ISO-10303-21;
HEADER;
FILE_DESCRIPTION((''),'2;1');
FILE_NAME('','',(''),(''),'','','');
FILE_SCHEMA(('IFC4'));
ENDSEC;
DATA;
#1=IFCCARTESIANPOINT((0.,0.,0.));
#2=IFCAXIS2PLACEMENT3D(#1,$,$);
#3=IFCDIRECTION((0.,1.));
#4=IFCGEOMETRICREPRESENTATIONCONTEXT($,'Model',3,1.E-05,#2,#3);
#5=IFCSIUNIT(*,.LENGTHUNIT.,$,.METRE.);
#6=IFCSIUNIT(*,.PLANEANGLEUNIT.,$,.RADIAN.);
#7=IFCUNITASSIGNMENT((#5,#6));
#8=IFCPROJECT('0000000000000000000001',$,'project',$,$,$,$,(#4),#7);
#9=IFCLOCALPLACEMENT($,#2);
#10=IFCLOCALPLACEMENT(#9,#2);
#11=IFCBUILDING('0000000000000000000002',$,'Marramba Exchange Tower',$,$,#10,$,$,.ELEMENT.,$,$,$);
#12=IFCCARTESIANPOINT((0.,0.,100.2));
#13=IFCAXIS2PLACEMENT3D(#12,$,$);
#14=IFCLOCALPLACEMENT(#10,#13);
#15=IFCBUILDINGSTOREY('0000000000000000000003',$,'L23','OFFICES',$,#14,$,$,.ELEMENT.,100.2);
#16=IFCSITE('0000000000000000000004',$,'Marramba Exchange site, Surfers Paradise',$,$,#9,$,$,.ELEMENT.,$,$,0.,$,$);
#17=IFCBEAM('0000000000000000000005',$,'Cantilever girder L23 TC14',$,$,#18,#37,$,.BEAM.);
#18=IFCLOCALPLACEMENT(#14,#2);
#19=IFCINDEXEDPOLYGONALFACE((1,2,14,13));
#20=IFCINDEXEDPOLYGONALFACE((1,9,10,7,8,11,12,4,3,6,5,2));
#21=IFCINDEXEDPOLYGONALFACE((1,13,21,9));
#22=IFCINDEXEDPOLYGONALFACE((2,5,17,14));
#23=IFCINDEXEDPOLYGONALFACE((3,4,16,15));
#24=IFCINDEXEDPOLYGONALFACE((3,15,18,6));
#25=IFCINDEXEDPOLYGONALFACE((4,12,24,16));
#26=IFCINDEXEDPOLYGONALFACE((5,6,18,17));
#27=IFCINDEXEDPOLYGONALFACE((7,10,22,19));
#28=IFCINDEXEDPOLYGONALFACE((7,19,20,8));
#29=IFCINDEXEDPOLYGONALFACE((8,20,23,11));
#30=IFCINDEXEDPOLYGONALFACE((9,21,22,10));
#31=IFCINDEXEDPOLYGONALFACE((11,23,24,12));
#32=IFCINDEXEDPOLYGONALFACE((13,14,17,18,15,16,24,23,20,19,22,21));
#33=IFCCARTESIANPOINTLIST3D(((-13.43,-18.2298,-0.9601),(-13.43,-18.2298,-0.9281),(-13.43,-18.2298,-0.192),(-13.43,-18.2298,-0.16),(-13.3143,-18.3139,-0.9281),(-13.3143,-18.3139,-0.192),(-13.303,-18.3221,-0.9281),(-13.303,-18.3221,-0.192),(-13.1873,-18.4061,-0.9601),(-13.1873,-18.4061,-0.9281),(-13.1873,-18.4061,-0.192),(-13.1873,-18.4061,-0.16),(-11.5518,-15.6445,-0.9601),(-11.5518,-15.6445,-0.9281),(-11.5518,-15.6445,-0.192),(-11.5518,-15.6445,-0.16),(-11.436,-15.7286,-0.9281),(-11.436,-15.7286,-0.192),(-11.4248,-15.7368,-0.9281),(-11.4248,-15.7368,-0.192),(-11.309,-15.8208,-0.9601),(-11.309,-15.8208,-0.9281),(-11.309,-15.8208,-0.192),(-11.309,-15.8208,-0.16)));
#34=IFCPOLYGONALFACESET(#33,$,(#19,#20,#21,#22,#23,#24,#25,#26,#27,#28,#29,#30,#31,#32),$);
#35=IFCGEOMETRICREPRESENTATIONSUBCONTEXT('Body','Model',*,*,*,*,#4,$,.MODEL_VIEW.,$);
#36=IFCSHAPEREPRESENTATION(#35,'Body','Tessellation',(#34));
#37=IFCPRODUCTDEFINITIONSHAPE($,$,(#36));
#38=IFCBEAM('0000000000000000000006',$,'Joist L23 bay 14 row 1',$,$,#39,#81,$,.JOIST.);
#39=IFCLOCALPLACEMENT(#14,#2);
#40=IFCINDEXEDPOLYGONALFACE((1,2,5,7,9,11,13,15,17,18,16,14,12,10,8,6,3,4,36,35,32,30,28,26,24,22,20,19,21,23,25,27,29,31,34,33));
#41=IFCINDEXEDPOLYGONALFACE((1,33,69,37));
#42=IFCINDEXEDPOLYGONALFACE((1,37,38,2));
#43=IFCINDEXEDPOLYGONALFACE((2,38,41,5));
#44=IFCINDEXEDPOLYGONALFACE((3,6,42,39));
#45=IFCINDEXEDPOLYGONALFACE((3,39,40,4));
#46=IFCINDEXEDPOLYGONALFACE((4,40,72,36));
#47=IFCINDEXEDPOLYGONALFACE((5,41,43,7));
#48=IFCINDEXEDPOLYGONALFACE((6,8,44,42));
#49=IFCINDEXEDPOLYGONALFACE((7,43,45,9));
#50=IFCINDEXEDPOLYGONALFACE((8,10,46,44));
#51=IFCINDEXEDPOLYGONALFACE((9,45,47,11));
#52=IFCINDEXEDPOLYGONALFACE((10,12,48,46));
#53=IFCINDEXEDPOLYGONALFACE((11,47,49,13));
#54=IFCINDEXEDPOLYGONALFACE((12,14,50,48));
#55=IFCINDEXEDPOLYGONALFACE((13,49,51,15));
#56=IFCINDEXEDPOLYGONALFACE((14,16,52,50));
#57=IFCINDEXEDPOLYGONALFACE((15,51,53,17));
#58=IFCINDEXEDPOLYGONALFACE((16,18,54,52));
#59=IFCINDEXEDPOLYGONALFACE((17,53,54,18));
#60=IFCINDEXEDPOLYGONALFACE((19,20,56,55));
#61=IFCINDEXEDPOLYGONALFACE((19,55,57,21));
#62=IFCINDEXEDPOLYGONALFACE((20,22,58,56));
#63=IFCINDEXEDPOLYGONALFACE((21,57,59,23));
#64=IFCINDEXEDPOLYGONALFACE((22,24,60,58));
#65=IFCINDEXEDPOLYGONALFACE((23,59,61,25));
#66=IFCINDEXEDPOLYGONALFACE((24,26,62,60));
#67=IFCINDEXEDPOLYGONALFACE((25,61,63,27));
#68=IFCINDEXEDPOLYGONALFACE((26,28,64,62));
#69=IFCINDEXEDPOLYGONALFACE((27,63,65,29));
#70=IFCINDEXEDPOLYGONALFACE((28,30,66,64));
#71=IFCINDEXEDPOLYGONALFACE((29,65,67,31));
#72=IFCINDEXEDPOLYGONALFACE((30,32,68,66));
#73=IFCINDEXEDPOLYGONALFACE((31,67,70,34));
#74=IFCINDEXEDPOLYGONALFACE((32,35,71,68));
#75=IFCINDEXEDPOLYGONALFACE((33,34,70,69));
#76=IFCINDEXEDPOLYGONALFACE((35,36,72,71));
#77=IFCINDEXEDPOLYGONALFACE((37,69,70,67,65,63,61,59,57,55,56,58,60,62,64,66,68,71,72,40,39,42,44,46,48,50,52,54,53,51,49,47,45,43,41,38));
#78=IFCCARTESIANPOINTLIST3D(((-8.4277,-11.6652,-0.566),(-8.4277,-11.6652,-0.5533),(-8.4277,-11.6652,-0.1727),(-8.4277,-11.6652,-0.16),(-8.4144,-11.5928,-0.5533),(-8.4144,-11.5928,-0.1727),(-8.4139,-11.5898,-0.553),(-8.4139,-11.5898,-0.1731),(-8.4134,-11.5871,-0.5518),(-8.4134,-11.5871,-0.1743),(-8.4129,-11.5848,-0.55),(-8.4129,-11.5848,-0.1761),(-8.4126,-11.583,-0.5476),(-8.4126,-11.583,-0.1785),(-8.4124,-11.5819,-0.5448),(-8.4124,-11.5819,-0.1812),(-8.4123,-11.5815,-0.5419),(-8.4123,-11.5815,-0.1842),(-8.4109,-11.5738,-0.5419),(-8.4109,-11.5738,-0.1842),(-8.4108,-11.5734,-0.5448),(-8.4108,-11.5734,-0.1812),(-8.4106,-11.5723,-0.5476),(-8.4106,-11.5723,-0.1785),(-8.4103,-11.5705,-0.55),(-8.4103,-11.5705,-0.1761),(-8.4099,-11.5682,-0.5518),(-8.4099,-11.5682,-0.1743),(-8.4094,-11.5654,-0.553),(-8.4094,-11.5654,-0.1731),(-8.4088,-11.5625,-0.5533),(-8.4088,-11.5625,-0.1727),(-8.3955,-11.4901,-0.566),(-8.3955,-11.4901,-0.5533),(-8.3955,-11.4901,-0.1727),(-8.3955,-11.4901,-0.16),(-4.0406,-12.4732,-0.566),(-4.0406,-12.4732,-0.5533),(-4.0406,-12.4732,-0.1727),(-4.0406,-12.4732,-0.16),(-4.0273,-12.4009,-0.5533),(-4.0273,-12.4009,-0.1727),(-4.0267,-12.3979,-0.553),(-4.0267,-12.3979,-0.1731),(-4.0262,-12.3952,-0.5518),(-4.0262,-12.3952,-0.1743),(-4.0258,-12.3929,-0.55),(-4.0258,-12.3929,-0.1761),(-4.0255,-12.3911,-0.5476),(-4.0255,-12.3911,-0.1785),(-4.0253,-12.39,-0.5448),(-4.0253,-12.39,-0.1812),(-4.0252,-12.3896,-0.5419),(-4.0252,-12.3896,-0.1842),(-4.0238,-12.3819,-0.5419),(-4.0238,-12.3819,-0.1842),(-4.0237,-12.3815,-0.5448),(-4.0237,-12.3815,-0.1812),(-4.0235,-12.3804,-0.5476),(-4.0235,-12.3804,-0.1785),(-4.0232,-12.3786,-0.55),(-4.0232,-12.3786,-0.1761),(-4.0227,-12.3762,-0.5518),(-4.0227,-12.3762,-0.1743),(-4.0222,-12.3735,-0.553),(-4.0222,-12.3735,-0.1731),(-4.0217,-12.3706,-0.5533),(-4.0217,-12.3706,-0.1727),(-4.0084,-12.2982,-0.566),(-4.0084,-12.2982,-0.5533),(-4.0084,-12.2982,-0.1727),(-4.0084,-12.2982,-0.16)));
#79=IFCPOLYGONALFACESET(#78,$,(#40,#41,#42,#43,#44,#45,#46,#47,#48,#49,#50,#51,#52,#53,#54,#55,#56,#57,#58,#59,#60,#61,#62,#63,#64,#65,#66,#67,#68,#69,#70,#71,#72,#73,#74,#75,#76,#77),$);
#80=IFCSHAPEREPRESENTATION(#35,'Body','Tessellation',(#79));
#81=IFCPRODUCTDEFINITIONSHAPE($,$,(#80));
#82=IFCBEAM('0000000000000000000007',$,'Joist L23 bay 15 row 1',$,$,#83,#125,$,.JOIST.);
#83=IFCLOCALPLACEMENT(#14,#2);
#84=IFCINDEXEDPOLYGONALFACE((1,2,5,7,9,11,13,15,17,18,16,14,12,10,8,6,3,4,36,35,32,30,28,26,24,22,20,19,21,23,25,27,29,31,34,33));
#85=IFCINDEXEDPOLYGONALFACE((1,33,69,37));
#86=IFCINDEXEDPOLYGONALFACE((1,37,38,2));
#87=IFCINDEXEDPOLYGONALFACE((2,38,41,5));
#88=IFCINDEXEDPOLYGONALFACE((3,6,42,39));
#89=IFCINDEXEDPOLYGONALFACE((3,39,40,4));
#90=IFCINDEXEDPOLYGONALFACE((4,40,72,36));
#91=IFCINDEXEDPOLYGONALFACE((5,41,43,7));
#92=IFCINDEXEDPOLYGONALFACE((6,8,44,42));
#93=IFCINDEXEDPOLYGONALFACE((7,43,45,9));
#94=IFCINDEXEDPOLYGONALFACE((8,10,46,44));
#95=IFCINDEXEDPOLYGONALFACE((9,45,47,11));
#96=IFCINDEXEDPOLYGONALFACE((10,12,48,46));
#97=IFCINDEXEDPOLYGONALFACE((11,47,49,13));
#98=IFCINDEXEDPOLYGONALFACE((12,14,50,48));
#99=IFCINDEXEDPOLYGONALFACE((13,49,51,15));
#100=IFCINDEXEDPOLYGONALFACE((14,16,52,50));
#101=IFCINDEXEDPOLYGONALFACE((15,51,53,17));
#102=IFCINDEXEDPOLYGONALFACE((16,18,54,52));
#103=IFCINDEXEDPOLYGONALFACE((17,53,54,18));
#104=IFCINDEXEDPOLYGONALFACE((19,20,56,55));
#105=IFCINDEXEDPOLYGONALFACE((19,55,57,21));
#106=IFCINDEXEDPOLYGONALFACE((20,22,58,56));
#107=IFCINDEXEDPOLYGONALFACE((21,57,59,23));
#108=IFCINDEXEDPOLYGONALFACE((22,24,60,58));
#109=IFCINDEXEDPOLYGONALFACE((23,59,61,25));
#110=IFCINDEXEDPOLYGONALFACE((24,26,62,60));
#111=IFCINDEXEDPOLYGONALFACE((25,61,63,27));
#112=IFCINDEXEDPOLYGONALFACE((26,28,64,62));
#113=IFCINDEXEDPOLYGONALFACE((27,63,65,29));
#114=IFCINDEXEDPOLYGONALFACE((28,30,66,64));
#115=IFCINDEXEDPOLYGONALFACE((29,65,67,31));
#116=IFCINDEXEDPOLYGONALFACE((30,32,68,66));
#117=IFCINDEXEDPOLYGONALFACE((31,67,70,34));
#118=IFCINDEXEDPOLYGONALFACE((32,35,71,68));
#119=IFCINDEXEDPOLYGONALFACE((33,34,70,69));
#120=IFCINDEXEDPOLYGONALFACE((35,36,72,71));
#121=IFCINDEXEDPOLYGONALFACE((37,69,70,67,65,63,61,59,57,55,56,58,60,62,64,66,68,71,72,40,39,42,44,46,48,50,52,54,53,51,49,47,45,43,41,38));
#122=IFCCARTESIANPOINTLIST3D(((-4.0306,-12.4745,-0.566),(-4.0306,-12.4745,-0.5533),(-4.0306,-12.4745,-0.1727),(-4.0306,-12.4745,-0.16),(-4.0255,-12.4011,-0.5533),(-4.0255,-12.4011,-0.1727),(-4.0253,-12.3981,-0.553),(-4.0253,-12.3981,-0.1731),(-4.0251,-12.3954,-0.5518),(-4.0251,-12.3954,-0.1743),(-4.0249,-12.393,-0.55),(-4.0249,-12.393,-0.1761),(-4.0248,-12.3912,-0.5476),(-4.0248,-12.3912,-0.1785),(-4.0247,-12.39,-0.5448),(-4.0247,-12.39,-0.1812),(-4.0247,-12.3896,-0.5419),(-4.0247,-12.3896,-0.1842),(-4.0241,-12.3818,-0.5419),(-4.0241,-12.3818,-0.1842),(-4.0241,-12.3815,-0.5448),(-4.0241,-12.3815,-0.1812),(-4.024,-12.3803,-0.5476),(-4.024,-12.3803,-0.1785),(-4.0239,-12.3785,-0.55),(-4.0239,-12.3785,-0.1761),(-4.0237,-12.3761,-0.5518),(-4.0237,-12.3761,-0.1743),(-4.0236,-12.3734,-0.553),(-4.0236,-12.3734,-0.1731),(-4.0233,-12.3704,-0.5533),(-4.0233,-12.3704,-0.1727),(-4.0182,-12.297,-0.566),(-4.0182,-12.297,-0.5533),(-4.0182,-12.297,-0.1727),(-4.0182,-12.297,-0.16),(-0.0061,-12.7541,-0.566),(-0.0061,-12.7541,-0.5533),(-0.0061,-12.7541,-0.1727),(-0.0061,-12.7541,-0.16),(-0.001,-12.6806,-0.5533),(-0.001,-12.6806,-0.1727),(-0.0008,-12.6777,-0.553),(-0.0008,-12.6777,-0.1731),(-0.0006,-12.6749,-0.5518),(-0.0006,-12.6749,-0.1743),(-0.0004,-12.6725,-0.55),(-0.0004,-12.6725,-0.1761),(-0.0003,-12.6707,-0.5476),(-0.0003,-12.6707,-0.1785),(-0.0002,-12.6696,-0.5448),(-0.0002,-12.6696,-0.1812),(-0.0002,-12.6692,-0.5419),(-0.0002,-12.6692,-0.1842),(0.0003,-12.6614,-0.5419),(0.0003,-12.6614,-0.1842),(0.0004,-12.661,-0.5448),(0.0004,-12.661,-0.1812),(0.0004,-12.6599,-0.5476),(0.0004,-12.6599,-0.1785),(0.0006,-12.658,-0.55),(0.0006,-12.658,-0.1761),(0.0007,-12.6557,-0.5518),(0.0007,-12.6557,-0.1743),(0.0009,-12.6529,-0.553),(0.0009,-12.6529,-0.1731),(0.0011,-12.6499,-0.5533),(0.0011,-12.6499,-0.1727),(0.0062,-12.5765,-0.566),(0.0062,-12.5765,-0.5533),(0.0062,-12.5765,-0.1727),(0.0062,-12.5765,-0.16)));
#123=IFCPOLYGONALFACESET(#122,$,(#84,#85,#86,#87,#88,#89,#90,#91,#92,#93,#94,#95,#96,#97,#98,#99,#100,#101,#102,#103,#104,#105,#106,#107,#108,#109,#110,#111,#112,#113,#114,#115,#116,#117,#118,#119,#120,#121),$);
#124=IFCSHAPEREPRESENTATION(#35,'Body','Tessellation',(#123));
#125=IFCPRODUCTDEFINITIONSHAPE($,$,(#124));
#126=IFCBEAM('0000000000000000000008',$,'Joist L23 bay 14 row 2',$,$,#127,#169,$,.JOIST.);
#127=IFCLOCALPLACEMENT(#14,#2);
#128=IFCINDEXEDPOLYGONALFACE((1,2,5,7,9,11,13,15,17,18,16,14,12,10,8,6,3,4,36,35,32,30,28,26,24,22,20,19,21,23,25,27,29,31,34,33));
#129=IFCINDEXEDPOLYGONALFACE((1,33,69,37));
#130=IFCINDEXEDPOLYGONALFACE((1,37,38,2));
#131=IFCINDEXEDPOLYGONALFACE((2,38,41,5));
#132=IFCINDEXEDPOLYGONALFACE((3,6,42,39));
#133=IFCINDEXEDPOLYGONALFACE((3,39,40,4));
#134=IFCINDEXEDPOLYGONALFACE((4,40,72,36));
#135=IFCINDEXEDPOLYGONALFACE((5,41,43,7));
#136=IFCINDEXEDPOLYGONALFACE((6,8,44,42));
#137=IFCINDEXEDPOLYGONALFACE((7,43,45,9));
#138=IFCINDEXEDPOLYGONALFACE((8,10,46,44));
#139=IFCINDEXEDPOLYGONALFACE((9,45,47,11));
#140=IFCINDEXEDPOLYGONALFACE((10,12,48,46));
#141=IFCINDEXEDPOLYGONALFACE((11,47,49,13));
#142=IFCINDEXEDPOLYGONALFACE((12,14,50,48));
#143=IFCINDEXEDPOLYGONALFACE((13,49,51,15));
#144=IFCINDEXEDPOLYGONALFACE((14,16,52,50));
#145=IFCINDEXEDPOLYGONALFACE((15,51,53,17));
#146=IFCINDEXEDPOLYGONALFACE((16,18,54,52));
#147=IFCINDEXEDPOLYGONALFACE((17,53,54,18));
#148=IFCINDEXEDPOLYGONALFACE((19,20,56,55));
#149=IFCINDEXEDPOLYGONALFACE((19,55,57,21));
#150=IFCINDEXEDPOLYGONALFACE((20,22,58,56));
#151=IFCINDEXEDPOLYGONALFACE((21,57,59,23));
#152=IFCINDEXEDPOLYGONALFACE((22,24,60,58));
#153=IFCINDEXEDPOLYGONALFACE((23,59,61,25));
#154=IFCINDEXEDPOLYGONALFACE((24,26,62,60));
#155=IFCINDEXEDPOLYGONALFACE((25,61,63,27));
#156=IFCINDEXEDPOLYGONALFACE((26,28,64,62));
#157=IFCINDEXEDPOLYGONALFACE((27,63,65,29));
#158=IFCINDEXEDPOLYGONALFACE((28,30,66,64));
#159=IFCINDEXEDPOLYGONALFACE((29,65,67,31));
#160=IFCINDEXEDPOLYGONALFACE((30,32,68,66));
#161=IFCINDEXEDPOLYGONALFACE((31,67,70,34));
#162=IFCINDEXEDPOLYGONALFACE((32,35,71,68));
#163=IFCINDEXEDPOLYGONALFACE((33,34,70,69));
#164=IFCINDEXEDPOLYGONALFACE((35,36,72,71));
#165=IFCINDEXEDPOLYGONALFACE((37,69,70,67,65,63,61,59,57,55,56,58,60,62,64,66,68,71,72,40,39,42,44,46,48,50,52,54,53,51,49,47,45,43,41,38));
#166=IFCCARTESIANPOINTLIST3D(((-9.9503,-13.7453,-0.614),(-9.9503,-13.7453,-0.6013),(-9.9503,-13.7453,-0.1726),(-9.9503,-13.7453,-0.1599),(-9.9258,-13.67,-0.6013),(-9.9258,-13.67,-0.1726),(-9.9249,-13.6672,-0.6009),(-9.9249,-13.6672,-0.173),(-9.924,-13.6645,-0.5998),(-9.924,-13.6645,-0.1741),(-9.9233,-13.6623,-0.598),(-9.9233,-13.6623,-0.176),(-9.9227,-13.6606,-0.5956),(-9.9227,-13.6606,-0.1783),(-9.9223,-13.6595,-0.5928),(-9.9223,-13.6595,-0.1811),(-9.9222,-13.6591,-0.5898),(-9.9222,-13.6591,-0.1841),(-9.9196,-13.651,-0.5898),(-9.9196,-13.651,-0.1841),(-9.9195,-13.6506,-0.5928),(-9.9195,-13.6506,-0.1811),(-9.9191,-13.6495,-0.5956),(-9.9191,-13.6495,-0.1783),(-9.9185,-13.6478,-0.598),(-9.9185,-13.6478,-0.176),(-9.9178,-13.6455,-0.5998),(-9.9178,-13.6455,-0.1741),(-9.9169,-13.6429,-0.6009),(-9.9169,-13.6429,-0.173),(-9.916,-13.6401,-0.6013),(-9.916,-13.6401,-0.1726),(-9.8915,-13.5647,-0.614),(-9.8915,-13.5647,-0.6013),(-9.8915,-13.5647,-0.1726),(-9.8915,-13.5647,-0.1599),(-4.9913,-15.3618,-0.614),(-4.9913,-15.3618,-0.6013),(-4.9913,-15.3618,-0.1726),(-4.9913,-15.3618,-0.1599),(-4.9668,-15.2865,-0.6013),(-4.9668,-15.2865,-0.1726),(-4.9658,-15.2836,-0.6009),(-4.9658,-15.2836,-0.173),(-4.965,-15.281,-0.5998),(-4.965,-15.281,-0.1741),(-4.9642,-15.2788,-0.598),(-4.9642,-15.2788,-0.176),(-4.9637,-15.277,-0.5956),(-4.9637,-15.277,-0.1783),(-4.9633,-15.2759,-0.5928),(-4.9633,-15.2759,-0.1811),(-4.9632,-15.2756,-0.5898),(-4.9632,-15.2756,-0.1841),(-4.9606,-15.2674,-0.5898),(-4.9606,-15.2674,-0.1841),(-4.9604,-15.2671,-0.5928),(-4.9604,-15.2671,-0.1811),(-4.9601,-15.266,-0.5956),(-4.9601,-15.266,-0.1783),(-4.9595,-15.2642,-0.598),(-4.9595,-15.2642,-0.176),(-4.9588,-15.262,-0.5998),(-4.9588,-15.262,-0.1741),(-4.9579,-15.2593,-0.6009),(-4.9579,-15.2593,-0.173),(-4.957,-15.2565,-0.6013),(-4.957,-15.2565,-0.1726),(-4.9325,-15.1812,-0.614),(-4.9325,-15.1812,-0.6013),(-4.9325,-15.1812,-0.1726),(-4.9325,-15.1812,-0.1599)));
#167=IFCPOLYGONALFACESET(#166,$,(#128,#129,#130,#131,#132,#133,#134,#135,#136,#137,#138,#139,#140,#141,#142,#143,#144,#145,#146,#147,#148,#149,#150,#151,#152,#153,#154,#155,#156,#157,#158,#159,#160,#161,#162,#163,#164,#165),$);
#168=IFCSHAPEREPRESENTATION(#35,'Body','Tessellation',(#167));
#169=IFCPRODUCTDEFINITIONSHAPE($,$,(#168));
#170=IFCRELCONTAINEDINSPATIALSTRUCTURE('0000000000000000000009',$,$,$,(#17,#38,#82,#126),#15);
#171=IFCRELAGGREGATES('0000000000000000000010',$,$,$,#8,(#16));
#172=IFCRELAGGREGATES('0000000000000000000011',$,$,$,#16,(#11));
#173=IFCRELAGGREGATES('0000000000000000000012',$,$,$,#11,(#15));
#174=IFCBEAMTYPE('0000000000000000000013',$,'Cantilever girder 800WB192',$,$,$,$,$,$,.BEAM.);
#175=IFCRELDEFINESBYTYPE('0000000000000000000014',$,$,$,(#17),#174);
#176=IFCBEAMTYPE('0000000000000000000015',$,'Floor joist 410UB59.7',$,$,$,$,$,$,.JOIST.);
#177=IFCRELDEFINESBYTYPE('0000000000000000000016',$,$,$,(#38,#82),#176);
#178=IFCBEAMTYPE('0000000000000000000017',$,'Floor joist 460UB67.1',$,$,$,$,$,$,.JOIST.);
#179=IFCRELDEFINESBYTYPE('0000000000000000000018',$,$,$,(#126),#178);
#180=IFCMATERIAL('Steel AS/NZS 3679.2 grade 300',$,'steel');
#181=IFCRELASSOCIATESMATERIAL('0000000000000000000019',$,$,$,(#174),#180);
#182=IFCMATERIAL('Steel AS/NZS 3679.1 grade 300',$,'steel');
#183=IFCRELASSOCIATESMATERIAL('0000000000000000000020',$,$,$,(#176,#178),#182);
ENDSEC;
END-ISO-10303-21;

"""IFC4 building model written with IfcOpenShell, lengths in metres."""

from ifc_helpers import new_model, si_unit, direction, frame, origin, origin_2d, place, context, subcontext, project, spatial, i_section, extrude, material, material_profile, profile_set, type_object, element, save


model = new_model("IFC4")

# Units and contexts
model_context = context("Model", 3, precision=1e-05, world=origin(), true_north=direction((0.0, 1.0)))
body_context = subcontext(model_context, "Body", "Model", "MODEL_VIEW")
ifc_project = project(units=[si_unit("LENGTHUNIT", "METRE"), si_unit("PLANEANGLEUNIT", "RADIAN")], contexts=[model_context])

# Site, building, storey
site_placement = place(None, origin())
site = spatial("IfcSite", under=ifc_project, at=site_placement, Name="Marramba Exchange site, Surfers Paradise", CompositionType="ELEMENT", RefElevation=0.0)
building_placement = place(site_placement, origin())
building = spatial("IfcBuilding", under=site, at=building_placement, Name="Marramba Exchange Tower", CompositionType="ELEMENT")
storey_placement = place(building_placement, frame((0.0, 0.0, 100.2)))
storey = spatial("IfcBuildingStorey", under=building, at=storey_placement, Name="L23", Description="OFFICES", CompositionType="ELEMENT", Elevation=100.2)

# Beams
ifc_material_1 = material(Name="Steel AS/NZS 3679.2 grade 300", Category="steel")
ifc_material_profile_1 = material_profile(ifc_material_1, i_section(OverallWidth=0.3, OverallDepth=0.8, WebThickness=0.0139, FlangeThickness=0.032, at=origin_2d()), Name="800WB192")
ifc_profile_set_1 = profile_set([ifc_material_profile_1], Name="Steel AS/NZS 3679.2 grade 300")
beam_type_1 = type_object("IfcBeamType", Name="Cantilever girder 800WB192", PredefinedType="BEAM", material=ifc_profile_set_1)
beam_1_placement = place(storey_placement, frame((-11.4304, -15.7327, -0.5601), z_axis=(-0.587767, -0.80903, 0.0), x_axis=(0.80903, -0.587767, 0.0)))
element("IfcBeam", 1, at=beam_1_placement, inside=storey, type_object=beam_type_1, Name="Cantilever girder L23 TC14", PredefinedType="BEAM", context=body_context, shape_type="SweptSolid", body=[
    extrude(i_section(OverallWidth=0.3, OverallDepth=0.8, WebThickness=0.0139, FlangeThickness=0.032, at=origin_2d()), origin(), (0.0, 0.0, 1.0), 3.1956),
])
ifc_material_2 = material(Name="Steel AS/NZS 3679.1 grade 300", Category="steel")
ifc_material_profile_2 = material_profile(ifc_material_2, i_section(OverallWidth=0.178, OverallDepth=0.406, WebThickness=0.0078, FlangeThickness=0.0127, FilletRadius=0.0115, at=origin_2d()), Name="410UB59.7")
ifc_profile_set_2 = profile_set([ifc_material_profile_2], Name="Steel AS/NZS 3679.1 grade 300")
beam_type_2 = type_object("IfcBeamType", Name="Floor joist 410UB59.7", PredefinedType="JOIST", material=ifc_profile_set_2)
beam_2_placement = place(storey_placement, frame((-8.4116, -11.5776, -0.363), z_axis=(0.983456, -0.181149, 0.0), x_axis=(0.181149, 0.983456, 0.0)))
element("IfcBeam", 2, at=beam_2_placement, inside=storey, type_object=beam_type_2, Name="Joist L23 bay 14 row 1", PredefinedType="JOIST", context=body_context, shape_type="SweptSolid", body=[
    extrude(i_section(OverallWidth=0.178, OverallDepth=0.406, WebThickness=0.0078, FlangeThickness=0.0127, FilletRadius=0.0115, at=origin_2d()), origin(), (0.0, 0.0, 1.0), 4.4609),
])
beam_3_placement = place(storey_placement, frame((-4.0244, -12.3857, -0.363), z_axis=(0.997596, -0.069294, 0.0), x_axis=(0.069294, 0.997596, 0.0)))
element("IfcBeam", 3, at=beam_3_placement, inside=storey, type_object=beam_type_2, Name="Joist L23 bay 15 row 1", PredefinedType="JOIST", context=body_context, shape_type="SweptSolid", body=[
    extrude(i_section(OverallWidth=0.178, OverallDepth=0.406, WebThickness=0.0078, FlangeThickness=0.0127, FilletRadius=0.0115, at=origin_2d()), origin(), (0.0, 0.0, 1.0), 4.0342),
])
ifc_material_profile_3 = material_profile(ifc_material_2, i_section(OverallWidth=0.1899, OverallDepth=0.4541, WebThickness=0.0085, FlangeThickness=0.0127, FilletRadius=0.0115, at=origin_2d()), Name="460UB67.1")
ifc_profile_set_3 = profile_set([ifc_material_profile_3], Name="Steel AS/NZS 3679.1 grade 300")
beam_type_3 = type_object("IfcBeamType", Name="Floor joist 460UB67.1", PredefinedType="JOIST", material=ifc_profile_set_3)
beam_4_placement = place(storey_placement, frame((-9.9209, -13.655, -0.387), z_axis=(0.950764, -0.309916, 0.0), x_axis=(0.309916, 0.950764, 0.0)))
element("IfcBeam", 4, at=beam_4_placement, inside=storey, type_object=beam_type_3, Name="Joist L23 bay 14 row 2", PredefinedType="JOIST", context=body_context, shape_type="SweptSolid", body=[
    extrude(i_section(OverallWidth=0.1899, OverallDepth=0.4541, WebThickness=0.0085, FlangeThickness=0.0127, FilletRadius=0.0115, at=origin_2d()), origin(), (0.0, 0.0, 1.0), 5.2158),
])

save(model, "model.ifc")
